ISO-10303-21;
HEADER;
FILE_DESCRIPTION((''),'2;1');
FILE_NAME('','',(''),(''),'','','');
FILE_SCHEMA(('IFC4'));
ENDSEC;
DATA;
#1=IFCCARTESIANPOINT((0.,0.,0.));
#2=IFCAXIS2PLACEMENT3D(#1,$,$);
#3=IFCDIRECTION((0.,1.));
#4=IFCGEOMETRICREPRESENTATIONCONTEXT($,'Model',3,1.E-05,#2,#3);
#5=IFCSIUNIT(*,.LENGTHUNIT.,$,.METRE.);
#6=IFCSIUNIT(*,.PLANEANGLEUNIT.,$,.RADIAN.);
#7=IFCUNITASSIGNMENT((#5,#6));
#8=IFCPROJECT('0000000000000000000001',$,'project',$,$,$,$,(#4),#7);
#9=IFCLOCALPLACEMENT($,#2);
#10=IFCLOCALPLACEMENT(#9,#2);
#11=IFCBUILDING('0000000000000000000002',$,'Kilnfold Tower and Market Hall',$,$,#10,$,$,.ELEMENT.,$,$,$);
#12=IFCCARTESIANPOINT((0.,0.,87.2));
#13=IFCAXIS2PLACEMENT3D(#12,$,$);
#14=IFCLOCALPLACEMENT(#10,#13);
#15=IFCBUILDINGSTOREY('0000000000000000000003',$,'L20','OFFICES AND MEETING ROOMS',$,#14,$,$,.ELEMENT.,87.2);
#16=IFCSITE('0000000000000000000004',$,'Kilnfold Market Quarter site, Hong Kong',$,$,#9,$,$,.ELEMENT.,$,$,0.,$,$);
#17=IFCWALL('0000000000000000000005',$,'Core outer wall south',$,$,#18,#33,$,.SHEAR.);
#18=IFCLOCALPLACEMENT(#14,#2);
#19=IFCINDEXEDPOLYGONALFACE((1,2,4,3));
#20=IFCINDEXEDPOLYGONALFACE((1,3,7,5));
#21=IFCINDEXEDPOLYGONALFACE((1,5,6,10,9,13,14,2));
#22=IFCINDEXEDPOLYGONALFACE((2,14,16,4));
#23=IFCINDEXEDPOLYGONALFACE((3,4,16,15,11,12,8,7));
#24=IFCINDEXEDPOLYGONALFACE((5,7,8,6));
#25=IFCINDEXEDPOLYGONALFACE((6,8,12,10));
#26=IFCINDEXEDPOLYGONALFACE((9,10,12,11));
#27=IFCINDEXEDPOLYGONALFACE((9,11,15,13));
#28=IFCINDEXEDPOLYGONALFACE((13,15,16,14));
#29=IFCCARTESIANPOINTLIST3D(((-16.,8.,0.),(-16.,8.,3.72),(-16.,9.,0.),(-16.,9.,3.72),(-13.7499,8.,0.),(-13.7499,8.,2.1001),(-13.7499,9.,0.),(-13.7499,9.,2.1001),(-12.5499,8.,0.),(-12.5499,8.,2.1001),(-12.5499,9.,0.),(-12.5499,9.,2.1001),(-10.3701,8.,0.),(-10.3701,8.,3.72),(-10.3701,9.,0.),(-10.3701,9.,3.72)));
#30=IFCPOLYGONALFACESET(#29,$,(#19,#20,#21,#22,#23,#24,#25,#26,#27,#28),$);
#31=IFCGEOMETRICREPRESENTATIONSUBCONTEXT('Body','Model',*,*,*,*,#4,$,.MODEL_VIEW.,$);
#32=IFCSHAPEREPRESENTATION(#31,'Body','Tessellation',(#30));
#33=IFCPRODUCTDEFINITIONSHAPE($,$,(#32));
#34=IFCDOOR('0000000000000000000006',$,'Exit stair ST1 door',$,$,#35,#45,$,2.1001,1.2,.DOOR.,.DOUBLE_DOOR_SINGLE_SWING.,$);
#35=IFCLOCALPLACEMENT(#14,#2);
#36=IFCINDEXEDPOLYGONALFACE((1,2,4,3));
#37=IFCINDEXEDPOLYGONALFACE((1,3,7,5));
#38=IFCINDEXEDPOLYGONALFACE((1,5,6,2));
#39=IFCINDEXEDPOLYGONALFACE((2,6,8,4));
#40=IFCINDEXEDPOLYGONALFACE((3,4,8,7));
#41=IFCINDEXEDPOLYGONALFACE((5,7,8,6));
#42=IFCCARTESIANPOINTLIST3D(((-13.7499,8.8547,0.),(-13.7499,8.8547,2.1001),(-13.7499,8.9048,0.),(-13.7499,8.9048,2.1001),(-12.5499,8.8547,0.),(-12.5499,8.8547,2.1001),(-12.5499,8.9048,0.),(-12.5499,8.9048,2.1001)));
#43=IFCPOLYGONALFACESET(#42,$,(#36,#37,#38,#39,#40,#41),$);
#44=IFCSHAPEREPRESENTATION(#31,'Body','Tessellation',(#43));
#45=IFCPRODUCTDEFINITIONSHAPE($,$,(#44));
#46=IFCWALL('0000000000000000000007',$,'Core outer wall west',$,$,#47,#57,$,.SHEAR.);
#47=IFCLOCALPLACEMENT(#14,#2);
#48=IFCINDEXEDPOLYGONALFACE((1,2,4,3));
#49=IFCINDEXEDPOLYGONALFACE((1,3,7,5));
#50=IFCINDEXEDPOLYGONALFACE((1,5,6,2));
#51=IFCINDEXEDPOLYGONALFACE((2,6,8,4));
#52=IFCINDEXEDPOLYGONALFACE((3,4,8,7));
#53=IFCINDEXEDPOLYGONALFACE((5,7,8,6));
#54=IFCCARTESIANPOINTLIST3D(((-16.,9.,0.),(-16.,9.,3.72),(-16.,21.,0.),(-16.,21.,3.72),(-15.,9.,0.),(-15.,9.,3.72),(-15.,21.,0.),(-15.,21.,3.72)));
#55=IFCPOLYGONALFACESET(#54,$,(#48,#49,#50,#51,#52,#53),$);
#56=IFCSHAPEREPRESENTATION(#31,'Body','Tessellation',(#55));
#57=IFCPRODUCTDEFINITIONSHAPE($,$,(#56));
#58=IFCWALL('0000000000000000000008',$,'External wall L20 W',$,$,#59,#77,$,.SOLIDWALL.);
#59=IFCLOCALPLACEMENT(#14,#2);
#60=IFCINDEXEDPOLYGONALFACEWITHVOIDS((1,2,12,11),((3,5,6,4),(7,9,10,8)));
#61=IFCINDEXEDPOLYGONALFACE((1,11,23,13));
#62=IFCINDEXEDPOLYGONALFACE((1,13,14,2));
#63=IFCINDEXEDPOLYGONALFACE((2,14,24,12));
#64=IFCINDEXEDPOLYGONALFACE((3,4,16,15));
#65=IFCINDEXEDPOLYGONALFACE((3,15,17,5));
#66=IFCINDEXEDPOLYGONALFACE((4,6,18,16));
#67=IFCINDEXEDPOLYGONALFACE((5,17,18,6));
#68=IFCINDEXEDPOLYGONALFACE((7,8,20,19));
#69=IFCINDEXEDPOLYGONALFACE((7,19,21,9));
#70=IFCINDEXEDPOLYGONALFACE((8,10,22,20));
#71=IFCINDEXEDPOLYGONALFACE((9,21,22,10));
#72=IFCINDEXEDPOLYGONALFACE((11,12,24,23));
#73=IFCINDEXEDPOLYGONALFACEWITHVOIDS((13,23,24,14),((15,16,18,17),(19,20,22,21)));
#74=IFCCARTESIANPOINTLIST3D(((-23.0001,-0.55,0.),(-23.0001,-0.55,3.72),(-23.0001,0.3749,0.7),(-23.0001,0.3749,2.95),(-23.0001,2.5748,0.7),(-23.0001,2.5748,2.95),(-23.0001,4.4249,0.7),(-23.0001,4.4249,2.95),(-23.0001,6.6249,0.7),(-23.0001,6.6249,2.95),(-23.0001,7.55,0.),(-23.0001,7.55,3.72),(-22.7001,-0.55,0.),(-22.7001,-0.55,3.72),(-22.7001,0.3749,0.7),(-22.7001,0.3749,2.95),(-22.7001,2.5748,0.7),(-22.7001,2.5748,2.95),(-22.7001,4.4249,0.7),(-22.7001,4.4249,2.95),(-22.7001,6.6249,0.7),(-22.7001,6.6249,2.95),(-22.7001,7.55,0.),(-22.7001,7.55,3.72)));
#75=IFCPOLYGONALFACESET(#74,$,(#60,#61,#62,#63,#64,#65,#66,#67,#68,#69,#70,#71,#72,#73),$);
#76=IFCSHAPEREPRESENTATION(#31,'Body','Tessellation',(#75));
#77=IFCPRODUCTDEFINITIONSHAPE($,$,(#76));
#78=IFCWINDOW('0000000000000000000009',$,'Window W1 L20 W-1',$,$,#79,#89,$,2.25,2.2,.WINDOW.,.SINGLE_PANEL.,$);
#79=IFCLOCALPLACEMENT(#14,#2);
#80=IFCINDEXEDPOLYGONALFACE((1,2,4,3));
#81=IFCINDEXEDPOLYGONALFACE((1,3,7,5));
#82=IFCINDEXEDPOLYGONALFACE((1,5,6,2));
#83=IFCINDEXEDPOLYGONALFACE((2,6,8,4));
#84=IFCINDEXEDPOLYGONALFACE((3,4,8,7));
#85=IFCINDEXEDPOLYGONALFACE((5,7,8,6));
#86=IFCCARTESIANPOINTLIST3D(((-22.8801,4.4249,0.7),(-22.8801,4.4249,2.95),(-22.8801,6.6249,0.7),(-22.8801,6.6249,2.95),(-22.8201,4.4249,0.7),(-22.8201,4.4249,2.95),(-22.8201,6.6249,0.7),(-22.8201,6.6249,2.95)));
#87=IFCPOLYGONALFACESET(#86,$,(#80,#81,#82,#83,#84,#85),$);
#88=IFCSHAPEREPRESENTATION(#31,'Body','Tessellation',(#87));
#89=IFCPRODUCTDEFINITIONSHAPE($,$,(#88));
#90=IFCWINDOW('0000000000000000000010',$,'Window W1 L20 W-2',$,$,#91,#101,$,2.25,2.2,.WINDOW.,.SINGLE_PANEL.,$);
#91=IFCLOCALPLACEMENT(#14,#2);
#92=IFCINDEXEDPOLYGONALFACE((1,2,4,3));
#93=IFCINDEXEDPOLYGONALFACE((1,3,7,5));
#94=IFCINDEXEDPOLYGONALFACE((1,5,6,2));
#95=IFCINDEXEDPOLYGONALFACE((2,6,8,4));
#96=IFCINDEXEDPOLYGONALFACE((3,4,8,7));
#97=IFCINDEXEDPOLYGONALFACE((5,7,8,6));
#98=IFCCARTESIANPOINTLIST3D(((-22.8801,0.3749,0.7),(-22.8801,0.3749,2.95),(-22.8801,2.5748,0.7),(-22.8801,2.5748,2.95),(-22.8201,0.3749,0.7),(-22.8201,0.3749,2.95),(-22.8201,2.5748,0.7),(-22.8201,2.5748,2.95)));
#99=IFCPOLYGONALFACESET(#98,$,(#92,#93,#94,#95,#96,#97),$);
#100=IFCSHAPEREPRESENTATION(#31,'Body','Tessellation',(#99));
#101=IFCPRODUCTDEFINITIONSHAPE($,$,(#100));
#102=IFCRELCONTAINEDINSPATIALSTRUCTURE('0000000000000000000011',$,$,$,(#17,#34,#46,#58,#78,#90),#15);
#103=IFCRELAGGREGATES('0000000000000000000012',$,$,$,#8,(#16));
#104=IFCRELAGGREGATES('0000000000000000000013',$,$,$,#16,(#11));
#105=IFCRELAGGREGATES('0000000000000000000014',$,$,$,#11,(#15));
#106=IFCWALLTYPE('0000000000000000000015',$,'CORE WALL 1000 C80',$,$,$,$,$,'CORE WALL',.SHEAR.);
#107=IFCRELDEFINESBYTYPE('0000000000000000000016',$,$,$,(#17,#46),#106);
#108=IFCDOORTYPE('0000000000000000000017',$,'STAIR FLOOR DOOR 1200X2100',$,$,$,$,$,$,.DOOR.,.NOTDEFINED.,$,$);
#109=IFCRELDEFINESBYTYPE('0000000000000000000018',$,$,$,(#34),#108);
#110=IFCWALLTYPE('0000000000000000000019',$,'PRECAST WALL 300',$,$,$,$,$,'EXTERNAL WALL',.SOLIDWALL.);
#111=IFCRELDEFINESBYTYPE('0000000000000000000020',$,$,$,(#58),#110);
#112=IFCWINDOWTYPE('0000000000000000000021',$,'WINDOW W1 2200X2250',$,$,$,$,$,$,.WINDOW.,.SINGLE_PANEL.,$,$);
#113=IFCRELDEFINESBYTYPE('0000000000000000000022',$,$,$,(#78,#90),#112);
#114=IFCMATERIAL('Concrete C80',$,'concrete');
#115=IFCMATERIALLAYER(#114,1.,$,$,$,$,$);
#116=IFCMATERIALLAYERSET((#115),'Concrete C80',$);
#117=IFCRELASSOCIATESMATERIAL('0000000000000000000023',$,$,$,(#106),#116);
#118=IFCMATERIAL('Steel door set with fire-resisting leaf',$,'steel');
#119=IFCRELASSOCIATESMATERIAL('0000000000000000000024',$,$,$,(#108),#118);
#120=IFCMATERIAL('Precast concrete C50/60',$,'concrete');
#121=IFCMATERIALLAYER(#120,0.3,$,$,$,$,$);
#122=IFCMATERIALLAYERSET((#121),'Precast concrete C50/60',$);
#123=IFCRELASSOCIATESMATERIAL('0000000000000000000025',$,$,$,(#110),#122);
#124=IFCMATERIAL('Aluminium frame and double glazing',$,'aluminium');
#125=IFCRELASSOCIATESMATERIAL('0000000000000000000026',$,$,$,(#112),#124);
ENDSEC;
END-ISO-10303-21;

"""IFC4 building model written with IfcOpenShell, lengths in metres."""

from ifc_helpers import new_model, si_unit, direction, frame, frame_2d, origin, place, context, subcontext, project, spatial, rectangle, extrude, source, transform, mapped, material, layer, layer_set, type_object, element, fill, save


model = new_model("IFC4")

# Units and contexts
model_context = context("Model", 3, precision=1e-05, world=origin(), true_north=direction((0.0, 1.0)))
body_context = subcontext(model_context, "Body", "Model", "MODEL_VIEW")
ifc_project = project(units=[si_unit("LENGTHUNIT", "METRE"), si_unit("PLANEANGLEUNIT", "RADIAN")], contexts=[model_context])

# Site, building, storey
site_placement = place(None, origin())
site = spatial("IfcSite", under=ifc_project, at=site_placement, Name="Kilnfold Market Quarter site, Hong Kong", CompositionType="ELEMENT", RefElevation=0.0)
building_placement = place(site_placement, origin())
building = spatial("IfcBuilding", under=site, at=building_placement, Name="Kilnfold Tower and Market Hall", CompositionType="ELEMENT")
storey_placement = place(building_placement, frame((0.0, 0.0, 87.2)))
storey = spatial("IfcBuildingStorey", under=building, at=storey_placement, Name="L20", Description="OFFICES AND MEETING ROOMS", CompositionType="ELEMENT", Elevation=87.2)

# Wall, opening, door
ifc_material_1 = material(Name="Concrete C80", Category="concrete")
ifc_layer_1 = layer(ifc_material_1, 1.0)
ifc_layer_set_1 = layer_set([ifc_layer_1], Name="Concrete C80")
wall_type_1 = type_object("IfcWallType", Name="CORE WALL 1000 C80", ElementType="CORE WALL", PredefinedType="SHEAR", material=ifc_layer_set_1)
shared_shape_1 = source(origin(), body_context, "Body", "SweptSolid", [
    extrude(rectangle(XDim=5.6299, YDim=1.0, at=frame_2d((2.8149, 0.0))), origin(), (0.0, 0.0, 1.0), 3.72),
])
wall_1_placement = place(storey_placement, frame((-16.0, 8.5, 0.0), z_axis=(0.0, 0.0, 1.0), x_axis=(1.0, 0.0, 0.0)))
wall_1 = element("IfcWall", 1, at=wall_1_placement, inside=storey, type_object=wall_type_1, Name="Core outer wall south", PredefinedType="SHEAR", context=body_context, shape_type="MappedRepresentation", body=[
    mapped(shared_shape_1, transform((0.0, 0.0, 0.0))),
])
opening_1_placement = place(wall_1_placement, frame((2.25, 0.0, 0.0)))
opening_1 = element("IfcOpeningElement", 2, at=opening_1_placement, cuts=wall_1, PredefinedType="OPENING", context=body_context, shape_type="SweptSolid", body=[
    extrude(rectangle(XDim=1.2, YDim=2.1001, at=frame_2d((0.6001, 1.05))), frame((0.0, 0.51, 0.0), z_axis=(0.0, -1.0, 0.0), x_axis=(1.0, 0.0, 0.0)), (0.0, 0.0, 1.0), 1.02),
])
ifc_material_2 = material(Name="Steel door set with fire-resisting leaf", Category="steel")
door_type_1 = type_object("IfcDoorType", Name="STAIR FLOOR DOOR 1200X2100", OperationType="NOTDEFINED", PredefinedType="DOOR", material=ifc_material_2)
door_1_placement = place(opening_1_placement, origin())
door_1 = element("IfcDoor", 3, at=door_1_placement, inside=storey, type_object=door_type_1, Name="Exit stair ST1 door", OperationType="DOUBLE_DOOR_SINGLE_SWING", OverallHeight=2.1001, OverallWidth=1.2, PredefinedType="DOOR", context=body_context, shape_type="SweptSolid", body=[
    extrude(rectangle(XDim=1.2, YDim=2.1001, at=frame_2d((0.6001, 1.05))), frame((0.0, 0.4048, 0.0), z_axis=(0.0, -1.0, 0.0), x_axis=(1.0, 0.0, 0.0)), (0.0, 0.0, 1.0), 0.05),
])
fill(opening_1, door_1)

# Wall
shared_shape_2 = source(origin(), body_context, "Body", "SweptSolid", [
    extrude(rectangle(XDim=12.0, YDim=1.0, at=frame_2d((6.0, 0.0))), origin(), (0.0, 0.0, 1.0), 3.72),
])
wall_2_placement = place(storey_placement, frame((-15.5, 9.0, 0.0), z_axis=(0.0, 0.0, 1.0), x_axis=(0.0, 1.0, 0.0)))
element("IfcWall", 4, at=wall_2_placement, inside=storey, type_object=wall_type_1, Name="Core outer wall west", PredefinedType="SHEAR", context=body_context, shape_type="MappedRepresentation", body=[
    mapped(shared_shape_2, transform((0.0, 0.0, 0.0))),
])

# Wall, openings, windows
ifc_material_3 = material(Name="Precast concrete C50/60", Category="concrete")
ifc_layer_2 = layer(ifc_material_3, 0.3)
ifc_layer_set_2 = layer_set([ifc_layer_2], Name="Precast concrete C50/60")
wall_type_2 = type_object("IfcWallType", Name="PRECAST WALL 300", ElementType="EXTERNAL WALL", PredefinedType="SOLIDWALL", material=ifc_layer_set_2)
shared_shape_3 = source(origin(), body_context, "Body", "SweptSolid", [
    extrude(rectangle(XDim=8.1001, YDim=0.3, at=frame_2d((4.05, 0.0))), origin(), (0.0, 0.0, 1.0), 3.72),
])
wall_3_placement = place(storey_placement, frame((-22.8501, 7.55, 0.0), z_axis=(0.0, 0.0, 1.0), x_axis=(0.0, -1.0, 0.0)))
wall_3 = element("IfcWall", 5, at=wall_3_placement, inside=storey, type_object=wall_type_2, Name="External wall L20 W", PredefinedType="SOLIDWALL", context=body_context, shape_type="MappedRepresentation", body=[
    mapped(shared_shape_3, transform((0.0, 0.0, 0.0))),
])
opening_2_placement = place(wall_3_placement, frame((0.925, 0.0, 0.7)))
opening_2 = element("IfcOpeningElement", 6, at=opening_2_placement, cuts=wall_3, PredefinedType="OPENING", context=body_context, shape_type="SweptSolid", body=[
    extrude(rectangle(XDim=2.2, YDim=2.25, at=frame_2d((1.1001, 1.125))), frame((0.0, 0.1602, 0.0), z_axis=(0.0, -1.0, 0.0), x_axis=(1.0, 0.0, 0.0)), (0.0, 0.0, 1.0), 0.3201),
])
opening_3_placement = place(wall_3_placement, frame((4.9751, 0.0, 0.7)))
opening_3 = element("IfcOpeningElement", 7, at=opening_3_placement, cuts=wall_3, PredefinedType="OPENING", context=body_context, shape_type="SweptSolid", body=[
    extrude(rectangle(XDim=2.2, YDim=2.25, at=frame_2d((1.1001, 1.125))), frame((0.0, 0.1602, 0.0), z_axis=(0.0, -1.0, 0.0), x_axis=(1.0, 0.0, 0.0)), (0.0, 0.0, 1.0), 0.3201),
])
ifc_material_4 = material(Name="Aluminium frame and double glazing", Category="aluminium")
window_type = type_object("IfcWindowType", Name="WINDOW W1 2200X2250", PartitioningType="SINGLE_PANEL", PredefinedType="WINDOW", material=ifc_material_4)
window_1_placement = place(opening_2_placement, origin())
window_1 = element("IfcWindow", 8, at=window_1_placement, inside=storey, type_object=window_type, Name="Window W1 L20 W-1", OverallHeight=2.25, OverallWidth=2.2, PartitioningType="SINGLE_PANEL", PredefinedType="WINDOW", context=body_context, shape_type="SweptSolid", body=[
    extrude(rectangle(XDim=2.2, YDim=2.25, at=frame_2d((1.1001, 1.125))), frame((0.0, 0.03, 0.0), z_axis=(0.0, -1.0, 0.0), x_axis=(1.0, 0.0, 0.0)), (0.0, 0.0, 1.0), 0.0601),
])
fill(opening_2, window_1)
window_2_placement = place(opening_3_placement, origin())
window_2 = element("IfcWindow", 9, at=window_2_placement, inside=storey, type_object=window_type, Name="Window W1 L20 W-2", OverallHeight=2.25, OverallWidth=2.2, PartitioningType="SINGLE_PANEL", PredefinedType="WINDOW", context=body_context, shape_type="SweptSolid", body=[
    extrude(rectangle(XDim=2.2, YDim=2.25, at=frame_2d((1.1001, 1.125))), frame((0.0, 0.03, 0.0), z_axis=(0.0, -1.0, 0.0), x_axis=(1.0, 0.0, 0.0)), (0.0, 0.0, 1.0), 0.0601),
])
fill(opening_3, window_2)

save(model, "model.ifc")
